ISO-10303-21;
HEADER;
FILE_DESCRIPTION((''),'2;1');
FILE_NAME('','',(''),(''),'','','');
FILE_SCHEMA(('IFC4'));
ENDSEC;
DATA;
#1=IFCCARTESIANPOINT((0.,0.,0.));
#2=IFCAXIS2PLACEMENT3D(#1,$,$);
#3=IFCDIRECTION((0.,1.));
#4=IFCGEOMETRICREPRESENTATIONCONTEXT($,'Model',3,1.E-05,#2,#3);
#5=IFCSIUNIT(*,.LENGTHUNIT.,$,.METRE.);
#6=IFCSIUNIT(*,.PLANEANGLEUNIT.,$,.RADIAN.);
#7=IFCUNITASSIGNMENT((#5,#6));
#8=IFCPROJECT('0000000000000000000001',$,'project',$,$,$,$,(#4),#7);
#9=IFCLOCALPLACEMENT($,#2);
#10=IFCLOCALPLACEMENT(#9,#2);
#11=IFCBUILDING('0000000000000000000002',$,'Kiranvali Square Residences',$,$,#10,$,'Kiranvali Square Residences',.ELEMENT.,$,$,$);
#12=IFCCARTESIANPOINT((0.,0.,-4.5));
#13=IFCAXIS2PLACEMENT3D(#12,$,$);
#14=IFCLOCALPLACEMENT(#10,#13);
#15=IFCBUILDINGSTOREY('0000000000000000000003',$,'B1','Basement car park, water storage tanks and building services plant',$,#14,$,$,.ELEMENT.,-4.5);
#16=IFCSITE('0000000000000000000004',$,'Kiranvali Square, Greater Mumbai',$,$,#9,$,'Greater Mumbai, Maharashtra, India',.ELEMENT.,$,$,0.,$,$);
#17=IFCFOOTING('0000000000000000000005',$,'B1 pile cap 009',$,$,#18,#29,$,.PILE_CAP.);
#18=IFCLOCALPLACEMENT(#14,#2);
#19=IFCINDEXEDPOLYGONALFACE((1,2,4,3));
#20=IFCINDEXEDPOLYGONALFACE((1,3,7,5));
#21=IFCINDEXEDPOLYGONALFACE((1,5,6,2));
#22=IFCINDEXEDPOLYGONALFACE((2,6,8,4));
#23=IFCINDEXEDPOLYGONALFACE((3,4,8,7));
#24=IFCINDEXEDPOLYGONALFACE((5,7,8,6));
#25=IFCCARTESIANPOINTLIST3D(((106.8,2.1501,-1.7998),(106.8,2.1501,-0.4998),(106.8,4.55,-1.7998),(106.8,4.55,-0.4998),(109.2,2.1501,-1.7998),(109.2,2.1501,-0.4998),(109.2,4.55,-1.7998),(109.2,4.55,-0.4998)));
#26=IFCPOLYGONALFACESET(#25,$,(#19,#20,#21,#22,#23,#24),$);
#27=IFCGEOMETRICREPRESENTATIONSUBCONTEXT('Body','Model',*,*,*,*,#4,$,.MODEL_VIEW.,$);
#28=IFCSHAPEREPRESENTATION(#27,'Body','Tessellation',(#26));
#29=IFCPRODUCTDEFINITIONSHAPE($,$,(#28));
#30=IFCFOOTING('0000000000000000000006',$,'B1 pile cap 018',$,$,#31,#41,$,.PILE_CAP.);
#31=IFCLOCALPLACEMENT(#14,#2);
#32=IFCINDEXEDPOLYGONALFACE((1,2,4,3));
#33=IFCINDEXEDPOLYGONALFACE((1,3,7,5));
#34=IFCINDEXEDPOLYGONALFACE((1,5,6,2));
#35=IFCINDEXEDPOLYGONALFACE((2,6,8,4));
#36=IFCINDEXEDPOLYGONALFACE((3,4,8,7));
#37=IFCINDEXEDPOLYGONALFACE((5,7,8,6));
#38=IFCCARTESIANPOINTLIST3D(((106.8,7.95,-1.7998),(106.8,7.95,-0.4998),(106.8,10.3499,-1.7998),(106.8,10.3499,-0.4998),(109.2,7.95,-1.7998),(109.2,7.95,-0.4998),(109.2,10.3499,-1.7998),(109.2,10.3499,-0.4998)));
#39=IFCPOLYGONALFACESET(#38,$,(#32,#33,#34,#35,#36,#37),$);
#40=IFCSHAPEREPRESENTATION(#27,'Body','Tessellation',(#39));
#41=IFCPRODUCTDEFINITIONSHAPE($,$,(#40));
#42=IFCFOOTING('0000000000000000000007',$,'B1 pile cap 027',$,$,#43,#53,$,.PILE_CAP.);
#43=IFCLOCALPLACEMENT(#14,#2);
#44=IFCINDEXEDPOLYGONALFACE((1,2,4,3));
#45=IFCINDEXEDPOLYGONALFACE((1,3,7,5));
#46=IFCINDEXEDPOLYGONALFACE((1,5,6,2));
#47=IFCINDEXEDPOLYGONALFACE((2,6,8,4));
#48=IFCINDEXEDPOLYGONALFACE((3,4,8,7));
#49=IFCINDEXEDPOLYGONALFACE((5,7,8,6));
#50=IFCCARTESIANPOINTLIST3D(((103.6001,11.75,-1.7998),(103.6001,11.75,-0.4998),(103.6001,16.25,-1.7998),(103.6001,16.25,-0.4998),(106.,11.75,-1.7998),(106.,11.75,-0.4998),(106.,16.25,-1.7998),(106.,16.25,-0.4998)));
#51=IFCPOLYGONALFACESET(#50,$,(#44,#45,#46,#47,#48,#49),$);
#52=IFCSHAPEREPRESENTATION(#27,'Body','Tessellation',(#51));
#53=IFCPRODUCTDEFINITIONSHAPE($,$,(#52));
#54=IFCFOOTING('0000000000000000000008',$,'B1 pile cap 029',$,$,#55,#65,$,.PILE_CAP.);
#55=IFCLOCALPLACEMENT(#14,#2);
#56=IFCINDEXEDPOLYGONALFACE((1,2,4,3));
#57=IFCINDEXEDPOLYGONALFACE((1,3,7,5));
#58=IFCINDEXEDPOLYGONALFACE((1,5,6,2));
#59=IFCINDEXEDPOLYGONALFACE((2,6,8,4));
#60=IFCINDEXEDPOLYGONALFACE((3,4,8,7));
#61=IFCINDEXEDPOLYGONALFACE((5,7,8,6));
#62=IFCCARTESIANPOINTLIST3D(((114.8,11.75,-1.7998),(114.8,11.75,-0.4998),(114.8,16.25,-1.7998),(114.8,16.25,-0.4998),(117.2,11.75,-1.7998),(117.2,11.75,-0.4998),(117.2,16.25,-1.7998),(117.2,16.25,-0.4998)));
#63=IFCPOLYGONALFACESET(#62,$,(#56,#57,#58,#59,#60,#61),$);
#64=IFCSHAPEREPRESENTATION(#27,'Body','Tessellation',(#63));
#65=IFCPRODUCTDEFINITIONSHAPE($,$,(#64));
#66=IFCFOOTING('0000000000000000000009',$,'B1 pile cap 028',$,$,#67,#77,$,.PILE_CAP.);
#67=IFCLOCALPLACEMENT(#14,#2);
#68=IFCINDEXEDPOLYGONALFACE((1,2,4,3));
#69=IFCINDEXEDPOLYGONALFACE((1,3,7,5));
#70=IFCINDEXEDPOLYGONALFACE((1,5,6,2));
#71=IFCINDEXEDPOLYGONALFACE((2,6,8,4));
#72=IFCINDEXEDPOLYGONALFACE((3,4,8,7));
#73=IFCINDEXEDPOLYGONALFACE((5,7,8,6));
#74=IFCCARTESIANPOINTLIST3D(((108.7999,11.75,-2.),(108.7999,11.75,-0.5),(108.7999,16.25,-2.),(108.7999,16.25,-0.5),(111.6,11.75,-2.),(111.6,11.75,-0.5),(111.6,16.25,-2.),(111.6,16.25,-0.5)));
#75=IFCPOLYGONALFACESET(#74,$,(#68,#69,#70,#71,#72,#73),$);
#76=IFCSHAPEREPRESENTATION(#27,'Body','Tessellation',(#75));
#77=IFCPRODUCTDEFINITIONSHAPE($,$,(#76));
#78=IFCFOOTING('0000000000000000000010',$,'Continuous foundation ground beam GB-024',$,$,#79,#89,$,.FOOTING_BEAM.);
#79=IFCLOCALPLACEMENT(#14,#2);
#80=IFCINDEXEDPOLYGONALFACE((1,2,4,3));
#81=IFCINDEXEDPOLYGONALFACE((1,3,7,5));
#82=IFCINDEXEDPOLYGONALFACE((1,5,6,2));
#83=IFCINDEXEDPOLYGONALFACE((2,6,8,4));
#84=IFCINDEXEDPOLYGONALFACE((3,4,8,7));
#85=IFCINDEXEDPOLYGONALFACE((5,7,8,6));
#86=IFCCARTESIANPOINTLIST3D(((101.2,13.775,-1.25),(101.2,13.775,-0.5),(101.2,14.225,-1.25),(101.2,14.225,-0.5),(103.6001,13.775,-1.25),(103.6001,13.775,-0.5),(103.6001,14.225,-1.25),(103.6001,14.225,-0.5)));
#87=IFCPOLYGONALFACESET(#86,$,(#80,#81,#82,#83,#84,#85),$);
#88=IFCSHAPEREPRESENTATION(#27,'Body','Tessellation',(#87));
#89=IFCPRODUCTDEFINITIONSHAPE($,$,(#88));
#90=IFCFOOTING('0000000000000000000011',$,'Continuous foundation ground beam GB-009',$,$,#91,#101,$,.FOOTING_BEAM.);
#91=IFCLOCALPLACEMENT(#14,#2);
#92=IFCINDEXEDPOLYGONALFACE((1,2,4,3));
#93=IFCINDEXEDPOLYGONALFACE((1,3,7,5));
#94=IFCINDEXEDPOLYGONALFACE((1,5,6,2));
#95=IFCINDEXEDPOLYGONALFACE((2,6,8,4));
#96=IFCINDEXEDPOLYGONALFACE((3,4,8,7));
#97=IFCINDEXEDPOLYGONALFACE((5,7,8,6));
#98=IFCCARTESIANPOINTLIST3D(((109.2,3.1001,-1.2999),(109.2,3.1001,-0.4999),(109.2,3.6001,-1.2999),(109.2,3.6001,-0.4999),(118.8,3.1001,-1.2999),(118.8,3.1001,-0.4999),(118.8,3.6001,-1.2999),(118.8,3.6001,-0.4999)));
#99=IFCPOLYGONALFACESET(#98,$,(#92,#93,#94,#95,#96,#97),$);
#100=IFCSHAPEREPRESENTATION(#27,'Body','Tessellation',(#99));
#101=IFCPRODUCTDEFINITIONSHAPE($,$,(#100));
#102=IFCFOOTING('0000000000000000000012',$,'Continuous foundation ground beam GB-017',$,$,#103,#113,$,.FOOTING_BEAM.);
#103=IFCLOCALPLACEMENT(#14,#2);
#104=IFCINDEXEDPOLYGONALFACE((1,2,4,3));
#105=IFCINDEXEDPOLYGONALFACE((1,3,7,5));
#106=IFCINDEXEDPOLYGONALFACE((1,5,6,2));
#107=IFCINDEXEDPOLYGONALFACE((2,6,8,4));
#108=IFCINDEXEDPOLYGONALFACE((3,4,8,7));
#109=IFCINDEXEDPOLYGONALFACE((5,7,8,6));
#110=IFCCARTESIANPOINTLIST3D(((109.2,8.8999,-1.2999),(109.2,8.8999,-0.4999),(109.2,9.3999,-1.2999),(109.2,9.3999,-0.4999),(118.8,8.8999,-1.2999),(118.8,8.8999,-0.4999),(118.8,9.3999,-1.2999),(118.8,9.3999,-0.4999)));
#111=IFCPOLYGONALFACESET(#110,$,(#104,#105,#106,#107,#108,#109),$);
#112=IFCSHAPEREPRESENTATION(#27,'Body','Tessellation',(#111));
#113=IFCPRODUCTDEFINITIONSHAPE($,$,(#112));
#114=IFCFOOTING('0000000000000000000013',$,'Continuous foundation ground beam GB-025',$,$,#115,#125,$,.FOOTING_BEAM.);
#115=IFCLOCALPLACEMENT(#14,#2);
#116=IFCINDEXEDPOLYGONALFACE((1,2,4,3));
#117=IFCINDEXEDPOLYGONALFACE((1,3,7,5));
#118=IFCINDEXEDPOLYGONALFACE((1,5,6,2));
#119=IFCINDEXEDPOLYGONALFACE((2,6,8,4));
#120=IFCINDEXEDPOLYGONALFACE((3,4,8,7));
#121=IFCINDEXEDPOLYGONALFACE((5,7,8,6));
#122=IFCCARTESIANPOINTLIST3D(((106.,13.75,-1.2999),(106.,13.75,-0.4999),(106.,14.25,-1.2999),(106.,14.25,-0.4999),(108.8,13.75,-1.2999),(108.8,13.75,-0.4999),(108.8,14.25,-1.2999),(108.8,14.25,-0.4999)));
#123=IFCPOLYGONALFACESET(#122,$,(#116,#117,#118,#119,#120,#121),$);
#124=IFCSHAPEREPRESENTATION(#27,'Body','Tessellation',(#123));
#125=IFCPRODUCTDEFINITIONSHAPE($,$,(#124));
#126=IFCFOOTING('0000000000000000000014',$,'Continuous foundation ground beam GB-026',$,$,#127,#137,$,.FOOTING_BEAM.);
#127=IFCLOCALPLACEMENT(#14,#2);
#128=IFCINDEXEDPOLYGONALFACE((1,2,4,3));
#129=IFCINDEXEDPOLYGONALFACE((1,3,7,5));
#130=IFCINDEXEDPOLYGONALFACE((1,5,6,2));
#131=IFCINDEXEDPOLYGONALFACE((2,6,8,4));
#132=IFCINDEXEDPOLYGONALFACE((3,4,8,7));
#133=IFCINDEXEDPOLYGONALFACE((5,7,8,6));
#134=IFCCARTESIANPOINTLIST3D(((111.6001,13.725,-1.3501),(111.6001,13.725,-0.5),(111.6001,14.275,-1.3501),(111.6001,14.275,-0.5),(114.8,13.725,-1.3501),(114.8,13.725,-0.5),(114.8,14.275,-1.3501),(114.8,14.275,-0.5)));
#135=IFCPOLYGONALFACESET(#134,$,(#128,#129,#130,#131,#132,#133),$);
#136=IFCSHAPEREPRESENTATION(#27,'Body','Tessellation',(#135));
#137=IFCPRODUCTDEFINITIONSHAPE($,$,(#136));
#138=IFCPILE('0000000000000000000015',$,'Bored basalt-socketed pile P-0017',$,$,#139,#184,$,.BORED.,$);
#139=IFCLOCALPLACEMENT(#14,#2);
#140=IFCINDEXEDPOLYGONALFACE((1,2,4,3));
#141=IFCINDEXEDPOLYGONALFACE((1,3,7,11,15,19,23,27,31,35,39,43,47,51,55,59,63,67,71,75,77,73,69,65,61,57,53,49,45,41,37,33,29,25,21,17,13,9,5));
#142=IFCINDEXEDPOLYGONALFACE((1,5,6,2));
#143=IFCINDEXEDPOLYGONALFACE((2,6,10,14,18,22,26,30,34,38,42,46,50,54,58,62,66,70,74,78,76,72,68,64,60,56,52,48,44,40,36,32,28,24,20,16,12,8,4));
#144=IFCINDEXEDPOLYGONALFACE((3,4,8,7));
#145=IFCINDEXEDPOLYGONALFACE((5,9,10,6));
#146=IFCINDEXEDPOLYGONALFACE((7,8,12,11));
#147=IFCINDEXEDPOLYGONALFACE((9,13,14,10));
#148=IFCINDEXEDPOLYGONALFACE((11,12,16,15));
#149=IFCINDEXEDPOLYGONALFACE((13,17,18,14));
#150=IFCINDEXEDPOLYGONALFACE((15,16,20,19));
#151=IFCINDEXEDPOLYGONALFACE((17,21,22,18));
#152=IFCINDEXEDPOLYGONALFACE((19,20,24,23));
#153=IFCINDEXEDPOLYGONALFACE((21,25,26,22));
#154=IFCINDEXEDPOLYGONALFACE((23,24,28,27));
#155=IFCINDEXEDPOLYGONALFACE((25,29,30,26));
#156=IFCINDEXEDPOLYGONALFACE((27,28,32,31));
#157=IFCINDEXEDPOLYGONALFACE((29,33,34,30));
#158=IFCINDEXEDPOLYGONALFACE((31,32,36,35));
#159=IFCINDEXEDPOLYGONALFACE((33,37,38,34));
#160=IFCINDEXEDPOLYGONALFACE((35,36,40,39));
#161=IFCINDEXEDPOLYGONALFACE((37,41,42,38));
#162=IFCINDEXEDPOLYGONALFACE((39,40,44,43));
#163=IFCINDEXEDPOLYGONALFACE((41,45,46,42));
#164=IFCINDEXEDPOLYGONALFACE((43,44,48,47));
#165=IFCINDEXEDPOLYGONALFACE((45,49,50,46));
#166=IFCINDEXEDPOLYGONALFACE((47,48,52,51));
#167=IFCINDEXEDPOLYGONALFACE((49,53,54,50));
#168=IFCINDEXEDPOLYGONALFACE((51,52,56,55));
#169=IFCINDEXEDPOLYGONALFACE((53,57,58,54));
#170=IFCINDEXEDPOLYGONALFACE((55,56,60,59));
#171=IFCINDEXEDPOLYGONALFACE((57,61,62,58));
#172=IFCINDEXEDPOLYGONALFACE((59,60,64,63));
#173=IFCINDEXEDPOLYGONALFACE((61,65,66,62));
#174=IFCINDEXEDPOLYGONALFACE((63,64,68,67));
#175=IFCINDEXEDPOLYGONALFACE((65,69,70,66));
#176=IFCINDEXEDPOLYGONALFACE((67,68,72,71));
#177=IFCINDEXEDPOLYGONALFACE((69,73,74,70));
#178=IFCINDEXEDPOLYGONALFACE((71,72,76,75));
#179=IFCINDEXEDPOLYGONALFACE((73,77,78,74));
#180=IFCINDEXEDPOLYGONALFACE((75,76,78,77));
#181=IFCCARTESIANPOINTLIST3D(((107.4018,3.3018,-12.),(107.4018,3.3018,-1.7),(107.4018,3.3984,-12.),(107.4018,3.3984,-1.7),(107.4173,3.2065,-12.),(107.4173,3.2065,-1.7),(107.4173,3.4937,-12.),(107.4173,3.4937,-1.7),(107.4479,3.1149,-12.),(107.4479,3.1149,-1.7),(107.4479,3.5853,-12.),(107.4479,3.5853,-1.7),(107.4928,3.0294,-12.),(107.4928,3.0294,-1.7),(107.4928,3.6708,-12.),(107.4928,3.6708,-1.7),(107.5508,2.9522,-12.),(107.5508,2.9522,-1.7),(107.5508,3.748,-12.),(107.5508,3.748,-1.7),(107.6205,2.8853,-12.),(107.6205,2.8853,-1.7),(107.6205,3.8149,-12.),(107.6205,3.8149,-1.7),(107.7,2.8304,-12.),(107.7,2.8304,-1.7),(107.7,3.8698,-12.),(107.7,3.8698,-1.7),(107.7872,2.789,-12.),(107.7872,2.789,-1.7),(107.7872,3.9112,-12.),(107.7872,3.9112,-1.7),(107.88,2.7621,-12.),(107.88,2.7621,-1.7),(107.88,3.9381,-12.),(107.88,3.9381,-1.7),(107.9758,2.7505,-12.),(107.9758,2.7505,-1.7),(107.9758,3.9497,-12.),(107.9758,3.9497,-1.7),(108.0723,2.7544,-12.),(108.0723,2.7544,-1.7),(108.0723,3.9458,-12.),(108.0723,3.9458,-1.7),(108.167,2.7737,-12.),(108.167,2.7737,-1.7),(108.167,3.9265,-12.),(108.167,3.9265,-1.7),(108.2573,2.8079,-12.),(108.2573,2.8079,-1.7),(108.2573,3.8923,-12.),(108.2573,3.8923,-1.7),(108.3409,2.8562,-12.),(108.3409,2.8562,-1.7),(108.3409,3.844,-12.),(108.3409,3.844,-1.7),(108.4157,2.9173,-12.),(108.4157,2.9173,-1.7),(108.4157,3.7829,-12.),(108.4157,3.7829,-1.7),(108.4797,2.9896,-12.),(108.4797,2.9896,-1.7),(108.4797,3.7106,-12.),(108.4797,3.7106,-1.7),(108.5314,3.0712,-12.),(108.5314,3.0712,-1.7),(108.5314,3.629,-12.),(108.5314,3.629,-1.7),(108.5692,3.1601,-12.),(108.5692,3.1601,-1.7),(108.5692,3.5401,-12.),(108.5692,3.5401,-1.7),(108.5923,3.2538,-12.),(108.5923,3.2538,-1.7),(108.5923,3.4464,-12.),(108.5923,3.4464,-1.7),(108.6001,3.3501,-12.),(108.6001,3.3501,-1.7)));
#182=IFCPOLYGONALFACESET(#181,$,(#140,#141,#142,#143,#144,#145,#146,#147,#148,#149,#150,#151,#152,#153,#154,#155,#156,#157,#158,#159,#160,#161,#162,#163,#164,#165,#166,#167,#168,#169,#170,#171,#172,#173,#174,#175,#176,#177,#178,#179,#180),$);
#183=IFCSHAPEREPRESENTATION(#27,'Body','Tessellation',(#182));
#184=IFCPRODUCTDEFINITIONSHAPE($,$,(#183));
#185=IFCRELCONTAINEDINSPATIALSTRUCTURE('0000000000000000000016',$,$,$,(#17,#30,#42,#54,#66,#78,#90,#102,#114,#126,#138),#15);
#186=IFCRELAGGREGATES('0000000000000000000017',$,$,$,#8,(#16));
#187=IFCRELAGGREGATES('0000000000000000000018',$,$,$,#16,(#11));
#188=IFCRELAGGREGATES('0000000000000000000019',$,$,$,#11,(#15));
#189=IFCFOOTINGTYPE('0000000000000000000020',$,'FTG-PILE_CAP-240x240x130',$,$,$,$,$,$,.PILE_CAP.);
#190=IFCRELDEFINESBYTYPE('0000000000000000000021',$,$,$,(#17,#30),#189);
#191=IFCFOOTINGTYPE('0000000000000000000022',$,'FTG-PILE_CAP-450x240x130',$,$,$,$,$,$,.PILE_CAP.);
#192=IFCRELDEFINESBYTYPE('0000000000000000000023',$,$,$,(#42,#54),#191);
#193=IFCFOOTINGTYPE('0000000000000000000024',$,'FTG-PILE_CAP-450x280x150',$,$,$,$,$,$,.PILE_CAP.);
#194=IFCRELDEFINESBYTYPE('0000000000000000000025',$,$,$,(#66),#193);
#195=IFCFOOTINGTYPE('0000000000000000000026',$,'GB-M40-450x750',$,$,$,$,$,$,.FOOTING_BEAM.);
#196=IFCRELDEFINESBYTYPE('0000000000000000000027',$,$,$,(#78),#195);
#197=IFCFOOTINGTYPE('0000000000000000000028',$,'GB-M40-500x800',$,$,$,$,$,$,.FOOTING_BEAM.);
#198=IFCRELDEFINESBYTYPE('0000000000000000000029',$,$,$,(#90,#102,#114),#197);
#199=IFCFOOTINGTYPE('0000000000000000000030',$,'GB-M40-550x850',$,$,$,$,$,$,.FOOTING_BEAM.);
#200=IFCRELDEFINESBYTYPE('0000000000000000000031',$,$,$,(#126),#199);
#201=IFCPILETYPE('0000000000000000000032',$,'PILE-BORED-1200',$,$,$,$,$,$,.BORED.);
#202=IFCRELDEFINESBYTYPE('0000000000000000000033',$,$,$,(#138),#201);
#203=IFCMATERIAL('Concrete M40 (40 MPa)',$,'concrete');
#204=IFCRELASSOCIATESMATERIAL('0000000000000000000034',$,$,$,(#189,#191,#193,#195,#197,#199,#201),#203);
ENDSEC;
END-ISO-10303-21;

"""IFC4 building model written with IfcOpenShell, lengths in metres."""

from ifc_helpers import new_model, si_unit, direction, frame, origin, origin_2d, place, context, subcontext, project, spatial, rectangle, circle, extrude, material, material_profile, profile_set, type_object, element, save


model = new_model("IFC4")

# Units and contexts
model_context = context("Model", 3, precision=1e-05, world=origin(), true_north=direction((0.0, 1.0)))
body_context = subcontext(model_context, "Body", "Model", "MODEL_VIEW")
ifc_project = project(units=[si_unit("LENGTHUNIT", "METRE"), si_unit("PLANEANGLEUNIT", "RADIAN")], contexts=[model_context])

# Site, building, storey
site_placement = place(None, origin())
site = spatial("IfcSite", under=ifc_project, at=site_placement, Name="Kiranvali Square, Greater Mumbai", LongName="Greater Mumbai, Maharashtra, India", CompositionType="ELEMENT", RefElevation=0.0)
building_placement = place(site_placement, origin())
building = spatial("IfcBuilding", under=site, at=building_placement, Name="Kiranvali Square Residences", LongName="Kiranvali Square Residences", CompositionType="ELEMENT")
storey_placement = place(building_placement, frame((0.0, 0.0, -4.5)))
storey = spatial("IfcBuildingStorey", under=building, at=storey_placement, Name="B1", Description="Basement car park, water storage tanks and building services plant", CompositionType="ELEMENT", Elevation=-4.5)

# Footings
ifc_material_1 = material(Name="Concrete M40 (40 MPa)", Category="concrete")
footing_type_1 = type_object("IfcFootingType", Name="FTG-PILE_CAP-240x240x130", PredefinedType="PILE_CAP", material=ifc_material_1)
for number, where, z_axis, x_axis, name in (
    (1, (108.0, 3.3501, -1.7998), (0.0, 0.0, 1.0), (1.0, 0.0, 0.0), "B1 pile cap 009"),
    (2, (108.0, 9.1499, -1.7998), (0.0, 0.0, 1.0), (1.0, 0.0, 0.0), "B1 pile cap 018"),
):
    element("IfcFooting", number, at=place(storey_placement, frame(where, z_axis=z_axis, x_axis=x_axis)), inside=storey, type_object=footing_type_1, Name=name, PredefinedType="PILE_CAP", context=body_context, shape_type="SweptSolid", body=[
        extrude(rectangle(XDim=2.3999, YDim=2.3999, at=origin_2d()), origin(), (0.0, 0.0, 1.0), 1.3),
    ])
footing_type_2 = type_object("IfcFootingType", Name="FTG-PILE_CAP-450x240x130", PredefinedType="PILE_CAP", material=ifc_material_1)
for number, where, z_axis, x_axis, name in (
    (3, (104.8, 14.0, -1.7998), (0.0, 0.0, 1.0), (0.0, 1.0, 0.0), "B1 pile cap 027"),
    (4, (116.0, 14.0, -1.7998), (0.0, 0.0, 1.0), (0.0, 1.0, 0.0), "B1 pile cap 029"),
):
    element("IfcFooting", number, at=place(storey_placement, frame(where, z_axis=z_axis, x_axis=x_axis)), inside=storey, type_object=footing_type_2, Name=name, PredefinedType="PILE_CAP", context=body_context, shape_type="SweptSolid", body=[
        extrude(rectangle(XDim=4.5, YDim=2.3999, at=origin_2d()), origin(), (0.0, 0.0, 1.0), 1.3),
    ])
footing_type_3 = type_object("IfcFootingType", Name="FTG-PILE_CAP-450x280x150", PredefinedType="PILE_CAP", material=ifc_material_1)
footing_1_placement = place(storey_placement, frame((110.2, 14.0, -2.0), z_axis=(0.0, 0.0, 1.0), x_axis=(0.0, 1.0, 0.0)))
element("IfcFooting", 5, at=footing_1_placement, inside=storey, type_object=footing_type_3, Name="B1 pile cap 028", PredefinedType="PILE_CAP", context=body_context, shape_type="SweptSolid", body=[
    extrude(rectangle(XDim=4.5, YDim=2.8, at=origin_2d()), origin(), (0.0, 0.0, 1.0), 1.5),
])
ifc_material_profile_1 = material_profile(ifc_material_1, rectangle(XDim=0.45, YDim=0.75, at=origin_2d()), Name="GB 450x750")
ifc_profile_set_1 = profile_set([ifc_material_profile_1], Name="Concrete M40 (40 MPa)")
footing_type_4 = type_object("IfcFootingType", Name="GB-M40-450x750", PredefinedType="FOOTING_BEAM", material=ifc_profile_set_1)
footing_2_placement = place(storey_placement, frame((101.2, 14.0, -0.875), z_axis=(1.0, 0.0, 0.0), x_axis=(0.0, 1.0, 0.0)))
element("IfcFooting", 6, at=footing_2_placement, inside=storey, type_object=footing_type_4, Name="Continuous foundation ground beam GB-024", PredefinedType="FOOTING_BEAM", context=body_context, shape_type="SweptSolid", body=[
    extrude(rectangle(XDim=0.45, YDim=0.75, at=origin_2d()), origin(), (0.0, 0.0, 1.0), 2.4001),
])
ifc_material_profile_2 = material_profile(ifc_material_1, rectangle(XDim=0.5, YDim=0.8, at=origin_2d()), Name="GB 500x800")
ifc_profile_set_2 = profile_set([ifc_material_profile_2], Name="Concrete M40 (40 MPa)")
footing_type_5 = type_object("IfcFootingType", Name="GB-M40-500x800", PredefinedType="FOOTING_BEAM", material=ifc_profile_set_2)
for number, where, z_axis, x_axis, name in (
    (7, (109.2, 3.3501, -0.8999), (1.0, 0.0, 0.0), (0.0, 1.0, 0.0), "Continuous foundation ground beam GB-009"),
    (8, (109.2, 9.1499, -0.8999), (1.0, 0.0, 0.0), (0.0, 1.0, 0.0), "Continuous foundation ground beam GB-017"),
):
    element("IfcFooting", number, at=place(storey_placement, frame(where, z_axis=z_axis, x_axis=x_axis)), inside=storey, type_object=footing_type_5, Name=name, PredefinedType="FOOTING_BEAM", context=body_context, shape_type="SweptSolid", body=[
        extrude(rectangle(XDim=0.5, YDim=0.8, at=origin_2d()), origin(), (0.0, 0.0, 1.0), 9.6001),
    ])
footing_3_placement = place(storey_placement, frame((106.0, 14.0, -0.8999), z_axis=(1.0, 0.0, 0.0), x_axis=(0.0, 1.0, 0.0)))
element("IfcFooting", 9, at=footing_3_placement, inside=storey, type_object=footing_type_5, Name="Continuous foundation ground beam GB-025", PredefinedType="FOOTING_BEAM", context=body_context, shape_type="SweptSolid", body=[
    extrude(rectangle(XDim=0.5, YDim=0.8, at=origin_2d()), origin(), (0.0, 0.0, 1.0), 2.8),
])
ifc_material_profile_3 = material_profile(ifc_material_1, rectangle(XDim=0.55, YDim=0.8501, at=origin_2d()), Name="GB 550x850")
ifc_profile_set_3 = profile_set([ifc_material_profile_3], Name="Concrete M40 (40 MPa)")
footing_type_6 = type_object("IfcFootingType", Name="GB-M40-550x850", PredefinedType="FOOTING_BEAM", material=ifc_profile_set_3)
footing_4_placement = place(storey_placement, frame((111.6001, 14.0, -0.925), z_axis=(1.0, 0.0, 0.0), x_axis=(0.0, 1.0, 0.0)))
element("IfcFooting", 10, at=footing_4_placement, inside=storey, type_object=footing_type_6, Name="Continuous foundation ground beam GB-026", PredefinedType="FOOTING_BEAM", context=body_context, shape_type="SweptSolid", body=[
    extrude(rectangle(XDim=0.55, YDim=0.8501, at=origin_2d()), origin(), (0.0, 0.0, 1.0), 3.2),
])

# Pile
ifc_material_profile_4 = material_profile(ifc_material_1, circle(Radius=0.6001, at=origin_2d()), Name="BORED PILE 1200")
ifc_profile_set_4 = profile_set([ifc_material_profile_4], Name="Concrete M40 (40 MPa)")
pile_type_1 = type_object("IfcPileType", Name="PILE-BORED-1200", PredefinedType="BORED", material=ifc_profile_set_4)
for number, where, z_axis, x_axis, name in (
    (11, (108.0, 3.3501, -1.7), (0.0, 0.0, -1.0), (1.0, 0.0, 0.0), "Bored basalt-socketed pile P-0017"),
):
    element("IfcPile", number, at=place(storey_placement, frame(where, z_axis=z_axis, x_axis=x_axis)), inside=storey, type_object=pile_type_1, Name=name, PredefinedType="BORED", context=body_context, shape_type="SweptSolid", body=[
        extrude(circle(Radius=0.6001, at=origin_2d()), origin(), (0.0, 0.0, 1.0), 10.3),
    ])

save(model, "model.ifc")
